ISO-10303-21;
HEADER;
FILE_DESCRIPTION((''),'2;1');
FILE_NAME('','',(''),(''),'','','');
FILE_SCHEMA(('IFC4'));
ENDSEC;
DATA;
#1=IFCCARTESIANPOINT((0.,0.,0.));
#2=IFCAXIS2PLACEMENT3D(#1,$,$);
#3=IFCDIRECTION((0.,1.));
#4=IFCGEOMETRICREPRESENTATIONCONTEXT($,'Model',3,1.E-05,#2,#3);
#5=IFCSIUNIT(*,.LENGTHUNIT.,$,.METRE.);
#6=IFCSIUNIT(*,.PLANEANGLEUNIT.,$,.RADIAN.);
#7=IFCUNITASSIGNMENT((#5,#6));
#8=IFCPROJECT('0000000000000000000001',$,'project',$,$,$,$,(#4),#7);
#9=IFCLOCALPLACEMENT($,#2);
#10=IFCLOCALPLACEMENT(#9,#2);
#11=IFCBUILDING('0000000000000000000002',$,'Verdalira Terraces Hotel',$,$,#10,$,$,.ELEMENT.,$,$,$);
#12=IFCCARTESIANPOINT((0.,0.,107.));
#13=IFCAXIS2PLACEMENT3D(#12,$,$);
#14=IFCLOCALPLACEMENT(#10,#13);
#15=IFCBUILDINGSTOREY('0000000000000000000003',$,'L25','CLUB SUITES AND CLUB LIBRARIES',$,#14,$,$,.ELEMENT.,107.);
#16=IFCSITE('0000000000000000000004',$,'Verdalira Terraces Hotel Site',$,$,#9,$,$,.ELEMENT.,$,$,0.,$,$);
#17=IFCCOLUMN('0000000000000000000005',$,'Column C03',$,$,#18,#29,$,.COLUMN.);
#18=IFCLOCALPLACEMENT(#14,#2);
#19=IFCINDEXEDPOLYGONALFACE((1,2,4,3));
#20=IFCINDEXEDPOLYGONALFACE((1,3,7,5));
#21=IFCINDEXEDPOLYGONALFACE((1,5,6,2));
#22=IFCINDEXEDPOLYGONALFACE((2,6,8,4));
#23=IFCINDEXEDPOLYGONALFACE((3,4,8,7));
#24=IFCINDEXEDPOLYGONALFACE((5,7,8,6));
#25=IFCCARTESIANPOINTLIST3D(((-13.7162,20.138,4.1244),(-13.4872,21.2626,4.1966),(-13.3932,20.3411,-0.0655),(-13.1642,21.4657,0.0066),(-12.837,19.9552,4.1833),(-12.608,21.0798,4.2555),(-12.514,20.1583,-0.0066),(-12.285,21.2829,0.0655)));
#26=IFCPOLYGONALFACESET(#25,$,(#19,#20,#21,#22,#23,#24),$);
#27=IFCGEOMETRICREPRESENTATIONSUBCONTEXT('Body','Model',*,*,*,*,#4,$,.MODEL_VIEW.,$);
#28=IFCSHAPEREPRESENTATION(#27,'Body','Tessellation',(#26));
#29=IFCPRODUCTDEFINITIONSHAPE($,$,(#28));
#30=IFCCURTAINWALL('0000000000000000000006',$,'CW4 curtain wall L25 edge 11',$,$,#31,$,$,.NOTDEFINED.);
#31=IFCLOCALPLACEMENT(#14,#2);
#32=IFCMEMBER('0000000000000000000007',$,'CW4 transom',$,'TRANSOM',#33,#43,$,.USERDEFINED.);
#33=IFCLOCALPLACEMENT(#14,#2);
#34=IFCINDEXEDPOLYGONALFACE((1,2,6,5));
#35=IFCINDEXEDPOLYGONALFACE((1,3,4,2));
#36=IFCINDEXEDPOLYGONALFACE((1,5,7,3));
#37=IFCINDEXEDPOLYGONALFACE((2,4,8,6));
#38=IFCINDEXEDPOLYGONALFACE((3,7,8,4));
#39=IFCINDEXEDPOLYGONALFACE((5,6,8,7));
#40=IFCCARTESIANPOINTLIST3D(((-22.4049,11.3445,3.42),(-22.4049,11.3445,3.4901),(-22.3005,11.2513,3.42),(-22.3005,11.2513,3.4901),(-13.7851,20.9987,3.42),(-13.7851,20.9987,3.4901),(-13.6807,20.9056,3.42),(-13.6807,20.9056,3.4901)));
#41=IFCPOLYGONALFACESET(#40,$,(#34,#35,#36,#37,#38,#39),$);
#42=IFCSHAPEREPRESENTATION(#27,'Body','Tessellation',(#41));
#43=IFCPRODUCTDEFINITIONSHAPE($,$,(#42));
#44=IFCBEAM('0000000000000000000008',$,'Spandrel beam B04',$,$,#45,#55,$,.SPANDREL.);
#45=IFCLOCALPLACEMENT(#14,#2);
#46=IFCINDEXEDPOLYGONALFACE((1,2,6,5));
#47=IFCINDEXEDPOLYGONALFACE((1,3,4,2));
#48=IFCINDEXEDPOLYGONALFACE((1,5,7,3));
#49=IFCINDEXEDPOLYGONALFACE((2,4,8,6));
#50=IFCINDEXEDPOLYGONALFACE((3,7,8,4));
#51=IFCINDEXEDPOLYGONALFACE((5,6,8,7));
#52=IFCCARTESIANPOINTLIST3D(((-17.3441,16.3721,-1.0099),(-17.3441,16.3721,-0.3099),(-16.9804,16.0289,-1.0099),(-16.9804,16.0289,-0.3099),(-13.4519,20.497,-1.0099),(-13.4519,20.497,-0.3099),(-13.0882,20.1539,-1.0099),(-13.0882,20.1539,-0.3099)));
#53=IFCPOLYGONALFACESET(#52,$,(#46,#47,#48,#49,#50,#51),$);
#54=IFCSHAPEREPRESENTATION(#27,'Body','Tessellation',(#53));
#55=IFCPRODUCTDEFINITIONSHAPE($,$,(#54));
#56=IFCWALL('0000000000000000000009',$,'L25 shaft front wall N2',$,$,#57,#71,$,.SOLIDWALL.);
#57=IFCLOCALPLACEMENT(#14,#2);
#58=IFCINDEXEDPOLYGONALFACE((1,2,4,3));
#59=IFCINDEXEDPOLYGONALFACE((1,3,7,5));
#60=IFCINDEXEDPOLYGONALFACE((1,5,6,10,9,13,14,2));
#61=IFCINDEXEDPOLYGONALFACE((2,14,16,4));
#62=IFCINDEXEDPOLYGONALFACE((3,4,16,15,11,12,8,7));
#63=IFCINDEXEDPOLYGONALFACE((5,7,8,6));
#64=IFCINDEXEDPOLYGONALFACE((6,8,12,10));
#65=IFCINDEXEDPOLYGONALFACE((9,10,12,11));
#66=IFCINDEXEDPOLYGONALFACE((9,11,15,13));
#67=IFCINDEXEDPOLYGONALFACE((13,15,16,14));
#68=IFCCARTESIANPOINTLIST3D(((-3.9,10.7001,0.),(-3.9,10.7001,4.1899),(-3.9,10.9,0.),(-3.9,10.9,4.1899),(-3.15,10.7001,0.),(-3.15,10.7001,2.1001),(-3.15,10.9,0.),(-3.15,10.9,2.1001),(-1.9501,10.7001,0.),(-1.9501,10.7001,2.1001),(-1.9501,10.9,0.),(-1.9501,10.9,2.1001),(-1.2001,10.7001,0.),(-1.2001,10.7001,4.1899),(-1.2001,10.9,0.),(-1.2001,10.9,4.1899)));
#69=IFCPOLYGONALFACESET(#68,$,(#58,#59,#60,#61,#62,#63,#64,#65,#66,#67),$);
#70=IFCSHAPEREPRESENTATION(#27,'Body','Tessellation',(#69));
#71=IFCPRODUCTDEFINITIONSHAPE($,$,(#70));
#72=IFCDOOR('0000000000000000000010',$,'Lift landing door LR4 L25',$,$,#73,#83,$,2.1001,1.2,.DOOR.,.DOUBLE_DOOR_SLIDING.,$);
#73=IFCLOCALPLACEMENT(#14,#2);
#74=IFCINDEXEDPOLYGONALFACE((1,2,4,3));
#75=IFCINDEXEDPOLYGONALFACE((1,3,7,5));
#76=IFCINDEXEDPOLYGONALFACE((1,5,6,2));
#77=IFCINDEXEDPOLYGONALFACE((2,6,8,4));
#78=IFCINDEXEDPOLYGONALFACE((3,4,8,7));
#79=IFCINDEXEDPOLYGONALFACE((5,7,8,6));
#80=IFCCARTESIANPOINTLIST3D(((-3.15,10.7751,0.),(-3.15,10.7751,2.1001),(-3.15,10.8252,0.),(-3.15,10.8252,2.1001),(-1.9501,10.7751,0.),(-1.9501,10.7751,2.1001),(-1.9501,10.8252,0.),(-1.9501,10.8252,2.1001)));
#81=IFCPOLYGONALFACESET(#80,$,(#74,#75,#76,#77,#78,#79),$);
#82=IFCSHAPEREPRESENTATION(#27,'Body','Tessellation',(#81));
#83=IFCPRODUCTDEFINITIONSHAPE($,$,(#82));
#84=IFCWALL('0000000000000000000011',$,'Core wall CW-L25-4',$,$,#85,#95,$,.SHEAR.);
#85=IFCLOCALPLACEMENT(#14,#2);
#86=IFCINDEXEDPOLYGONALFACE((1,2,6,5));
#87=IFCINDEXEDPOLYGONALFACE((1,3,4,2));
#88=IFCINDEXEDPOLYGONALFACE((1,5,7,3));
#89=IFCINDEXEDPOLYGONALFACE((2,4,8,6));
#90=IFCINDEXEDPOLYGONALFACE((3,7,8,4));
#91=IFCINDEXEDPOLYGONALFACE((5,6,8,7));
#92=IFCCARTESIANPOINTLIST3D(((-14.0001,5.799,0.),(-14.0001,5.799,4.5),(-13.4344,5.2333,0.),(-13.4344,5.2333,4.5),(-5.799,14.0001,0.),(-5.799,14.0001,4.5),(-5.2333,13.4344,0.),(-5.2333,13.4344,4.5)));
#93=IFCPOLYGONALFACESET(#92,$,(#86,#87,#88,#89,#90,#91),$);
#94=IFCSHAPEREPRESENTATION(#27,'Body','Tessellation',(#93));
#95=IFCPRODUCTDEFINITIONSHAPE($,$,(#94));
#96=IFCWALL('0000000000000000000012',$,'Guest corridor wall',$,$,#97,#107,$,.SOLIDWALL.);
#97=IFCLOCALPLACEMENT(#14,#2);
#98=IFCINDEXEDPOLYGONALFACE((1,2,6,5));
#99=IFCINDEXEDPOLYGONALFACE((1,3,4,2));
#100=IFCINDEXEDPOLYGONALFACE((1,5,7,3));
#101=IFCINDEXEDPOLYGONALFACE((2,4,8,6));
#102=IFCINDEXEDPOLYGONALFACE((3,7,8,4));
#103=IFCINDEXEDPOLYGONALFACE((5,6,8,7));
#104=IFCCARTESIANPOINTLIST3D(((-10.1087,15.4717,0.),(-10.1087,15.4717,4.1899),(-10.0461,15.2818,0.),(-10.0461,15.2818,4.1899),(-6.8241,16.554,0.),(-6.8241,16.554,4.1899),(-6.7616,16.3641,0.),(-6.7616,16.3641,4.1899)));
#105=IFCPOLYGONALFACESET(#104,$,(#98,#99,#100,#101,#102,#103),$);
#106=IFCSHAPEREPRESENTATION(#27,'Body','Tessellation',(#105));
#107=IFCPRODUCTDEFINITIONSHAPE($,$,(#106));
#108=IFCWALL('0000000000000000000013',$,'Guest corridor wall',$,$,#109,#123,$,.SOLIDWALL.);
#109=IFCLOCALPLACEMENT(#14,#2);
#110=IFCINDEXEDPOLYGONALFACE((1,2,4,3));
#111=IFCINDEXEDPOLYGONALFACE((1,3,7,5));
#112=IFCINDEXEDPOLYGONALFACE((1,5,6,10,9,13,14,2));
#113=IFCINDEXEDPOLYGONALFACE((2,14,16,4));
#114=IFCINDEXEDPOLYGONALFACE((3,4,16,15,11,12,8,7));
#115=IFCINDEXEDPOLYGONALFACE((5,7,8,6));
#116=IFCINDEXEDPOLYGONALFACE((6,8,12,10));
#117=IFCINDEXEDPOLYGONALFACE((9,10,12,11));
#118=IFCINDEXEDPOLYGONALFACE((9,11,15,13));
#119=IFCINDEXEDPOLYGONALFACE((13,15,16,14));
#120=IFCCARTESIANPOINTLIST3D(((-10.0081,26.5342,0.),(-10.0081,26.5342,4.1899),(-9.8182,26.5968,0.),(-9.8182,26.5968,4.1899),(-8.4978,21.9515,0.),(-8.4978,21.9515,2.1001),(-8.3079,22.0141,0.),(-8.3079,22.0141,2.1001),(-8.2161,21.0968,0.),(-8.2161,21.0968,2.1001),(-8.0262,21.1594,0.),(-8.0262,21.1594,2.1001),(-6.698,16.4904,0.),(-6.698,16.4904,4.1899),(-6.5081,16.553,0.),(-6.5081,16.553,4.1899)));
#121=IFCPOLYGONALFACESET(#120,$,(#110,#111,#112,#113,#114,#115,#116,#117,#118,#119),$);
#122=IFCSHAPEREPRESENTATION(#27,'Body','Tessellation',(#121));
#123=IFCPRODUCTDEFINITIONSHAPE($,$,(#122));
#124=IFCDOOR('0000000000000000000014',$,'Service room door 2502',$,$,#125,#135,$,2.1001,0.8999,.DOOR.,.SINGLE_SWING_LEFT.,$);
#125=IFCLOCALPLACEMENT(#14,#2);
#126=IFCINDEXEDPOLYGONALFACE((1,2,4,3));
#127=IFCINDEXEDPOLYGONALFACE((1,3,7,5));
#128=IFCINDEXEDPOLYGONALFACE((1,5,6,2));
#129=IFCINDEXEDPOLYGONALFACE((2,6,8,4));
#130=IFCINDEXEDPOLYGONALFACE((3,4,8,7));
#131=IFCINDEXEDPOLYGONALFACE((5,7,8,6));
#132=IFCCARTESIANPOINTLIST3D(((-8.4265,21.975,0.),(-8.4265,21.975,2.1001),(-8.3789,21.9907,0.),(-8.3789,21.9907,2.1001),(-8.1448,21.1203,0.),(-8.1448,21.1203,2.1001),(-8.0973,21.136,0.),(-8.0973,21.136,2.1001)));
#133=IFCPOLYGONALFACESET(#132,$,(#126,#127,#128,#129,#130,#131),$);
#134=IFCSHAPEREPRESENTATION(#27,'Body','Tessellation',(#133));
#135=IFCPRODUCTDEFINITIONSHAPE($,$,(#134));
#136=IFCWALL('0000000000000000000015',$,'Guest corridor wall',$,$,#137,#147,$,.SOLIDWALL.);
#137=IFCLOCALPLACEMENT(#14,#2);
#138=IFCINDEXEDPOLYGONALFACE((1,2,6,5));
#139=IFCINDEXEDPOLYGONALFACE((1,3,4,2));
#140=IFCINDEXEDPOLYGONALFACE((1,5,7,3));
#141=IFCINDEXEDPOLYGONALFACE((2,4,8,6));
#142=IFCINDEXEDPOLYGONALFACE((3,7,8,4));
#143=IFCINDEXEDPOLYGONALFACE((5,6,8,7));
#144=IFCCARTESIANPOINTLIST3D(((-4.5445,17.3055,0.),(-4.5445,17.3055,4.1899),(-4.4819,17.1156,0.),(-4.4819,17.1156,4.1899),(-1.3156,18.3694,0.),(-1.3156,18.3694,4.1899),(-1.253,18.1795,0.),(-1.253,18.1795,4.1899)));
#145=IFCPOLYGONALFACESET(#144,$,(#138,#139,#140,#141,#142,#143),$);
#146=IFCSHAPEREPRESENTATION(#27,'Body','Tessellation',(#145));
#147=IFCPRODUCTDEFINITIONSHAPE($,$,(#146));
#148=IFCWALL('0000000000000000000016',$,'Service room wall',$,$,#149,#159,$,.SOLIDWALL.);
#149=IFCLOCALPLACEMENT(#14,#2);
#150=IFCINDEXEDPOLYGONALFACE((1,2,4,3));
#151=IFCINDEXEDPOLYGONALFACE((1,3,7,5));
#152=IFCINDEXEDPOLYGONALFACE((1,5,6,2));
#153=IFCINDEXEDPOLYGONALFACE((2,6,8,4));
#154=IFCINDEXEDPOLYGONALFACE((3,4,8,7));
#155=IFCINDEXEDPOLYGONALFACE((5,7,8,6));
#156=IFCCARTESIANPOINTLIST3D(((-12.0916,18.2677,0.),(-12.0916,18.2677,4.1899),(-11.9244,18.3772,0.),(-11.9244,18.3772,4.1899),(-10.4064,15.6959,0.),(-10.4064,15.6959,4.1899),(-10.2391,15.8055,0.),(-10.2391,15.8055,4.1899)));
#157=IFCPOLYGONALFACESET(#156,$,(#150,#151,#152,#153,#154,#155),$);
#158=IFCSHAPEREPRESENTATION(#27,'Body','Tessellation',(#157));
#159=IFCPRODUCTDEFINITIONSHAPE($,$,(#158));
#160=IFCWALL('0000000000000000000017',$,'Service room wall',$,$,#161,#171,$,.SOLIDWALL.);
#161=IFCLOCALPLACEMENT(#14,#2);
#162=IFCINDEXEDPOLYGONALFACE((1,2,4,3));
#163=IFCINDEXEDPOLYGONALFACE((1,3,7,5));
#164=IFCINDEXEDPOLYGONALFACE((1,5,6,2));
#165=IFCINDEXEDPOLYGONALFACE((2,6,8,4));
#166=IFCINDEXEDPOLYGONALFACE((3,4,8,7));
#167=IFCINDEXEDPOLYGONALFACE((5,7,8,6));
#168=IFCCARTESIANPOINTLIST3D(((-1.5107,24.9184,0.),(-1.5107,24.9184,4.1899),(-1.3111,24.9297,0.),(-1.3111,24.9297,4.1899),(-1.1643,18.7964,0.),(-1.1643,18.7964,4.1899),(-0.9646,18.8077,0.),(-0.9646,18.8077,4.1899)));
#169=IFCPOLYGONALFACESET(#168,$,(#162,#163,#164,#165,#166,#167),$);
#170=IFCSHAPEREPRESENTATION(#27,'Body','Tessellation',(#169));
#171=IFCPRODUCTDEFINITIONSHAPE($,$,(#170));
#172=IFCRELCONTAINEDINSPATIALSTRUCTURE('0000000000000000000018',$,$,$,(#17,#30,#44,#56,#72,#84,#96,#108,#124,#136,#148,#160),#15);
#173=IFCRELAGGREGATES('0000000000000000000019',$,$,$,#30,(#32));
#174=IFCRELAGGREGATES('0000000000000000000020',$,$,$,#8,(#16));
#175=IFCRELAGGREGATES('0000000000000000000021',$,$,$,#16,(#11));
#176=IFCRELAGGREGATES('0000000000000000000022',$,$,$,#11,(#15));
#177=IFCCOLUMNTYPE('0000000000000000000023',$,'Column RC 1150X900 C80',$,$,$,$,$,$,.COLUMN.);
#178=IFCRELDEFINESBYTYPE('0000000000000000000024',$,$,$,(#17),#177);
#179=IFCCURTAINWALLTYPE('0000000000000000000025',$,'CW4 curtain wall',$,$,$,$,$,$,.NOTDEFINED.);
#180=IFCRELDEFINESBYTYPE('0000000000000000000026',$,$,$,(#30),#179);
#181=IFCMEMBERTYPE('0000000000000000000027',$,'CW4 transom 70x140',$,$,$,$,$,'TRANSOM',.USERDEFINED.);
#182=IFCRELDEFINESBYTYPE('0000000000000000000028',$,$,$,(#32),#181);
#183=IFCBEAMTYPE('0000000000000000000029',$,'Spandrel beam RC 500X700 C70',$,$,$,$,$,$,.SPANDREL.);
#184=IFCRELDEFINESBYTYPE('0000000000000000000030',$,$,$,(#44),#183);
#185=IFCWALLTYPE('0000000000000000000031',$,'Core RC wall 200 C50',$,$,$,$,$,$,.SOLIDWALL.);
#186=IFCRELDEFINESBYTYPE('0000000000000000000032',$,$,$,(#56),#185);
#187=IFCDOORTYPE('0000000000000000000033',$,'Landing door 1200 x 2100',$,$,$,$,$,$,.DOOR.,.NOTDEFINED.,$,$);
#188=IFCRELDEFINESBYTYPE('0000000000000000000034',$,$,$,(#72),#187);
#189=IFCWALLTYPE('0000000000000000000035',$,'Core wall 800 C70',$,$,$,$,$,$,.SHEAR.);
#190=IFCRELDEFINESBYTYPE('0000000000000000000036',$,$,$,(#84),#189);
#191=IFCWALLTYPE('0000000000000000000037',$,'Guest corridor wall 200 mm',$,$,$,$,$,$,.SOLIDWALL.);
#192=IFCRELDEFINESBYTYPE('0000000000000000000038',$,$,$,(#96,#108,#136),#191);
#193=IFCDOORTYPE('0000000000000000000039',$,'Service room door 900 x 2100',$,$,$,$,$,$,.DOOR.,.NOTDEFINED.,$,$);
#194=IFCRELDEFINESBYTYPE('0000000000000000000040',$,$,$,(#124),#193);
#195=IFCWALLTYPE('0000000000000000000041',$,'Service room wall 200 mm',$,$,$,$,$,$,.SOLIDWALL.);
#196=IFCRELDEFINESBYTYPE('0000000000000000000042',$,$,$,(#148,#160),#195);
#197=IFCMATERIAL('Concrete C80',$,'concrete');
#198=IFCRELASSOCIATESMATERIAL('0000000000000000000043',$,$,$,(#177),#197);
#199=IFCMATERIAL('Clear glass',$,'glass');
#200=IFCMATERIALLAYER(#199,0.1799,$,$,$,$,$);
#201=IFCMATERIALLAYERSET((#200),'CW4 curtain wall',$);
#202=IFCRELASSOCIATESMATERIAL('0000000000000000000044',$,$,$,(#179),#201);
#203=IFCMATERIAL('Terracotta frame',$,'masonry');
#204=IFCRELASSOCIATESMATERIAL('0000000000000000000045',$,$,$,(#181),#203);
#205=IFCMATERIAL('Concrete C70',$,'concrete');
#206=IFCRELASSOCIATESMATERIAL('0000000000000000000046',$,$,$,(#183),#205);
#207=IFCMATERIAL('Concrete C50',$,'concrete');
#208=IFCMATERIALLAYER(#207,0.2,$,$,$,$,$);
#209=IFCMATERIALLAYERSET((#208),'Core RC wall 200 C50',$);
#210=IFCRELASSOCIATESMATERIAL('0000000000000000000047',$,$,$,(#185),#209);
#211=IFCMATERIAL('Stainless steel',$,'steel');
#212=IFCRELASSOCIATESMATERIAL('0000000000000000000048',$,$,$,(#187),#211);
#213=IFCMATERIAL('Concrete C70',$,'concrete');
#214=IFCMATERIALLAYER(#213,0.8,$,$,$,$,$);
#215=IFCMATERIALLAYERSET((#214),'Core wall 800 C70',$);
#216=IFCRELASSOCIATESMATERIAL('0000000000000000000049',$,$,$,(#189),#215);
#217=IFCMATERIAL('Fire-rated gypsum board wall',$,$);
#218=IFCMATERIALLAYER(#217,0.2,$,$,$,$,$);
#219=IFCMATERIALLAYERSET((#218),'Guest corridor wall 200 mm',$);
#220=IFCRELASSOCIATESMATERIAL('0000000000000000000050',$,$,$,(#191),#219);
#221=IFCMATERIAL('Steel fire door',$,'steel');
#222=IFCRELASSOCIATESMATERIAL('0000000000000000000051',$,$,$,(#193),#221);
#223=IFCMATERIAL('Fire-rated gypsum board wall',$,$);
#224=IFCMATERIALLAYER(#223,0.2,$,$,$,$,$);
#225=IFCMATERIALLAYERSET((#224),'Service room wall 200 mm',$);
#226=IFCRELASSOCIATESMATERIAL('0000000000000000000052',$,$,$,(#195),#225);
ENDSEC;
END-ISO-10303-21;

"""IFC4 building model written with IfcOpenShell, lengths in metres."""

from ifc_helpers import new_model, si_unit, direction, frame, frame_2d, origin, origin_2d, place, context, subcontext, project, spatial, rectangle, extrude, material, layer, layer_set, material_profile, profile_set, type_object, element, fill, aggregate, save


model = new_model("IFC4")

# Units and contexts
model_context = context("Model", 3, precision=1e-05, world=origin(), true_north=direction((0.0, 1.0)))
body_context = subcontext(model_context, "Body", "Model", "MODEL_VIEW")
ifc_project = project(units=[si_unit("LENGTHUNIT", "METRE"), si_unit("PLANEANGLEUNIT", "RADIAN")], contexts=[model_context])

# Site, building, storey
site_placement = place(None, origin())
site = spatial("IfcSite", under=ifc_project, at=site_placement, Name="Verdalira Terraces Hotel Site", CompositionType="ELEMENT", RefElevation=0.0)
building_placement = place(site_placement, origin())
building = spatial("IfcBuilding", under=site, at=building_placement, Name="Verdalira Terraces Hotel", CompositionType="ELEMENT")
storey_placement = place(building_placement, frame((0.0, 0.0, 107.0)))
storey = spatial("IfcBuildingStorey", under=building, at=storey_placement, Name="L25", Description="CLUB SUITES AND CLUB LIBRARIES", CompositionType="ELEMENT", Elevation=107.0)

# Column
ifc_material_1 = material(Name="Concrete C80", Category="concrete")
ifc_material_profile_1 = material_profile(ifc_material_1, rectangle(XDim=1.1499, YDim=0.8999, at=origin_2d()), Name="RC 1150X900")
ifc_profile_set_1 = profile_set([ifc_material_profile_1], Name="Concrete C80")
column_type = type_object("IfcColumnType", Name="Column RC 1150X900 C80", PredefinedType="COLUMN", material=ifc_profile_set_1)
column_placement = place(storey_placement, frame((-12.8391, 20.812, 0.0), z_axis=(-0.076771, -0.048279, 0.995879), x_axis=(0.199146, 0.977958, 0.062763)))
element("IfcColumn", 1, at=column_placement, inside=storey, type_object=column_type, Name="Column C03", PredefinedType="COLUMN", context=body_context, shape_type="SweptSolid", body=[
    extrude(rectangle(XDim=1.1499, YDim=0.8999, at=origin_2d()), origin(), (0.0, 0.0, 1.0), 4.2073),
])

# Curtain wall, member
ifc_material_2 = material(Name="Clear glass", Category="glass")
ifc_layer_1 = layer(ifc_material_2, 0.1799)
ifc_layer_set_1 = layer_set([ifc_layer_1], Name="CW4 curtain wall")
curtain_wall_type = type_object("IfcCurtainWallType", Name="CW4 curtain wall", PredefinedType="NOTDEFINED", material=ifc_layer_set_1)
curtain_wall_placement = place(storey_placement, origin())
curtain_wall = element("IfcCurtainWall", 2, at=curtain_wall_placement, inside=storey, type_object=curtain_wall_type, Name="CW4 curtain wall L25 edge 11", PredefinedType="NOTDEFINED")
ifc_material_3 = material(Name="Terracotta frame", Category="masonry")
ifc_material_profile_2 = material_profile(ifc_material_3, rectangle(XDim=0.1399, YDim=0.0701, at=origin_2d()), Name="TR 70x140")
ifc_profile_set_2 = profile_set([ifc_material_profile_2], Name="Terracotta frame")
member_type = type_object("IfcMemberType", Name="CW4 transom 70x140", ElementType="TRANSOM", PredefinedType="USERDEFINED", material=ifc_profile_set_2)
member_placement = place(storey_placement, frame((-13.7329, 20.9521, 3.4551), z_axis=(-0.666014, -0.745939, 0.0), x_axis=(0.745939, -0.666014, 0.0)))
member = element("IfcMember", 3, at=member_placement, type_object=member_type, Name="CW4 transom", ObjectType="TRANSOM", PredefinedType="USERDEFINED", context=body_context, shape_type="SweptSolid", body=[
    extrude(rectangle(XDim=0.1399, YDim=0.0701, at=origin_2d()), origin(), (0.0, 0.0, 1.0), 12.9424),
])
aggregate(curtain_wall, [member])

# Beam
ifc_material_4 = material(Name="Concrete C70", Category="concrete")
ifc_material_profile_3 = material_profile(ifc_material_4, rectangle(XDim=0.5, YDim=0.7, at=origin_2d()), Name="RC 500X700")
ifc_profile_set_3 = profile_set([ifc_material_profile_3], Name="Concrete C70")
beam_type = type_object("IfcBeamType", Name="Spandrel beam RC 500X700 C70", PredefinedType="SPANDREL", material=ifc_profile_set_3)
beam_placement = place(storey_placement, frame((-13.27, 20.3254, -0.6599), z_axis=(-0.686297, -0.727321, 0.0), x_axis=(0.727321, -0.686297, 0.0)))
element("IfcBeam", 4, at=beam_placement, inside=storey, type_object=beam_type, Name="Spandrel beam B04", PredefinedType="SPANDREL", context=body_context, shape_type="SweptSolid", body=[
    extrude(rectangle(XDim=0.5, YDim=0.7, at=origin_2d()), origin(), (0.0, 0.0, 1.0), 5.6714),
])

# Wall, opening, door
ifc_material_5 = material(Name="Concrete C50", Category="concrete")
ifc_layer_2 = layer(ifc_material_5, 0.2)
ifc_layer_set_2 = layer_set([ifc_layer_2], Name="Core RC wall 200 C50")
wall_type_1 = type_object("IfcWallType", Name="Core RC wall 200 C50", PredefinedType="SOLIDWALL", material=ifc_layer_set_2)
wall_1_placement = place(storey_placement, frame((-1.2, 10.8, 0.0), z_axis=(0.0, 0.0, 1.0), x_axis=(-1.0, 0.0, 0.0)))
wall_1 = element("IfcWall", 5, at=wall_1_placement, inside=storey, type_object=wall_type_1, Name="L25 shaft front wall N2", PredefinedType="SOLIDWALL", context=body_context, shape_type="SweptSolid", body=[
    extrude(rectangle(XDim=2.7, YDim=0.2, at=frame_2d((1.3501, 0.0))), origin(), (0.0, 0.0, 1.0), 4.1899),
])
opening_1_placement = place(wall_1_placement, frame((0.75, 0.0, 0.0)))
opening_1 = element("IfcOpeningElement", 6, at=opening_1_placement, cuts=wall_1, PredefinedType="OPENING", context=body_context, shape_type="SweptSolid", body=[
    extrude(rectangle(XDim=1.2, YDim=2.1001, at=frame_2d((0.6001, 1.05))), frame((0.0, 0.1099, 0.0), z_axis=(0.0, -1.0, 0.0), x_axis=(1.0, 0.0, 0.0)), (0.0, 0.0, 1.0), 0.22),
])
ifc_material_6 = material(Name="Stainless steel", Category="steel")
door_type_1 = type_object("IfcDoorType", Name="Landing door 1200 x 2100", OperationType="NOTDEFINED", PredefinedType="DOOR", material=ifc_material_6)
door_1_placement = place(opening_1_placement, origin())
door_1 = element("IfcDoor", 7, at=door_1_placement, inside=storey, type_object=door_type_1, Name="Lift landing door LR4 L25", OperationType="DOUBLE_DOOR_SLIDING", OverallHeight=2.1001, OverallWidth=1.2, PredefinedType="DOOR", context=body_context, shape_type="SweptSolid", body=[
    extrude(rectangle(XDim=1.2, YDim=2.1001, at=frame_2d((0.6001, 1.05))), frame((0.0, 0.0249, 0.0), z_axis=(0.0, -1.0, 0.0), x_axis=(1.0, 0.0, 0.0)), (0.0, 0.0, 1.0), 0.05),
])
fill(opening_1, door_1)

# Walls
ifc_material_7 = material(Name="Concrete C70", Category="concrete")
ifc_layer_3 = layer(ifc_material_7, 0.8)
ifc_layer_set_3 = layer_set([ifc_layer_3], Name="Core wall 800 C70")
wall_type_2 = type_object("IfcWallType", Name="Core wall 800 C70", PredefinedType="SHEAR", material=ifc_layer_set_3)
wall_2_placement = place(storey_placement, frame((-5.5161, 13.7173, 0.0), z_axis=(0.0, 0.0, 1.0), x_axis=(-0.707107, -0.707107, 0.0)))
element("IfcWall", 8, at=wall_2_placement, inside=storey, type_object=wall_type_2, Name="Core wall CW-L25-4", PredefinedType="SHEAR", context=body_context, shape_type="SweptSolid", body=[
    extrude(rectangle(XDim=11.5981, YDim=0.8, at=frame_2d((5.7991, 0.0))), origin(), (0.0, 0.0, 1.0), 4.5),
])
ifc_material_8 = material(Name="Fire-rated gypsum board wall")
ifc_layer_4 = layer(ifc_material_8, 0.2)
ifc_layer_set_4 = layer_set([ifc_layer_4], Name="Guest corridor wall 200 mm")
wall_type_3 = type_object("IfcWallType", Name="Guest corridor wall 200 mm", PredefinedType="SOLIDWALL", material=ifc_layer_set_4)
wall_3_placement = place(storey_placement, frame((-6.793, 16.459, 0.0), z_axis=(0.0, 0.0, 1.0), x_axis=(-0.949765, -0.312964, 0.0)))
element("IfcWall", 9, at=wall_3_placement, inside=storey, type_object=wall_type_3, Name="Guest corridor wall", PredefinedType="SOLIDWALL", context=body_context, shape_type="SweptSolid", body=[
    extrude(rectangle(XDim=3.4583, YDim=0.2, at=frame_2d((1.729, 0.0))), origin(), (0.0, 0.0, 1.0), 4.1899),
])

# Wall, opening, door
wall_4_placement = place(storey_placement, frame((-6.603, 16.5217, 0.0), z_axis=(0.0, 0.0, 1.0), x_axis=(-0.313005, 0.949751, 0.0)))
wall_4 = element("IfcWall", 10, at=wall_4_placement, inside=storey, type_object=wall_type_3, Name="Guest corridor wall", PredefinedType="SOLIDWALL", context=body_context, shape_type="SweptSolid", body=[
    extrude(rectangle(XDim=10.5752, YDim=0.2, at=frame_2d((5.2876, 0.0))), origin(), (0.0, 0.0, 1.0), 4.1899),
])
opening_2_placement = place(wall_4_placement, frame((4.8501, 0.0, 0.0)))
opening_2 = element("IfcOpeningElement", 11, at=opening_2_placement, cuts=wall_4, PredefinedType="OPENING", context=body_context, shape_type="SweptSolid", body=[
    extrude(rectangle(XDim=0.8999, YDim=2.1001, at=frame_2d((0.45, 1.05))), frame((0.0, 0.1099, 0.0), z_axis=(0.0, -1.0, 0.0), x_axis=(1.0, 0.0, 0.0)), (0.0, 0.0, 1.0), 0.22),
])
ifc_material_9 = material(Name="Steel fire door", Category="steel")
door_type_2 = type_object("IfcDoorType", Name="Service room door 900 x 2100", OperationType="NOTDEFINED", PredefinedType="DOOR", material=ifc_material_9)
door_2_placement = place(opening_2_placement, origin())
door_2 = element("IfcDoor", 12, at=door_2_placement, inside=storey, type_object=door_type_2, Name="Service room door 2502", OperationType="SINGLE_SWING_LEFT", OverallHeight=2.1001, OverallWidth=0.8999, PredefinedType="DOOR", context=body_context, shape_type="SweptSolid", body=[
    extrude(rectangle(XDim=0.8999, YDim=2.1001, at=frame_2d((0.45, 1.05))), frame((0.0, 0.0249, 0.0), z_axis=(0.0, -1.0, 0.0), x_axis=(1.0, 0.0, 0.0)), (0.0, 0.0, 1.0), 0.05),
])
fill(opening_2, door_2)

# Walls
wall_5_placement = place(storey_placement, frame((-1.2844, 18.2744, 0.0), z_axis=(0.0, 0.0, 1.0), x_axis=(-0.949769, -0.312951, 0.0)))
element("IfcWall", 13, at=wall_5_placement, inside=storey, type_object=wall_type_3, Name="Guest corridor wall", PredefinedType="SOLIDWALL", context=body_context, shape_type="SweptSolid", body=[
    extrude(rectangle(XDim=3.3997, YDim=0.2, at=frame_2d((1.6997, 0.0))), origin(), (0.0, 0.0, 1.0), 4.1899),
])
ifc_material_10 = material(Name="Fire-rated gypsum board wall")
ifc_layer_5 = layer(ifc_material_10, 0.2)
ifc_layer_set_5 = layer_set([ifc_layer_5], Name="Service room wall 200 mm")
wall_type_4 = type_object("IfcWallType", Name="Service room wall 200 mm", PredefinedType="SOLIDWALL", material=ifc_layer_set_5)
wall_6_placement = place(storey_placement, frame((-10.3228, 15.7507, 0.0), z_axis=(0.0, 0.0, 1.0), x_axis=(-0.548105, 0.83641, 0.0)))
element("IfcWall", 14, at=wall_6_placement, inside=storey, type_object=wall_type_4, Name="Service room wall", PredefinedType="SOLIDWALL", context=body_context, shape_type="SweptSolid", body=[
    extrude(rectangle(XDim=3.0747, YDim=0.2, at=frame_2d((1.5374, 0.0))), origin(), (0.0, 0.0, 1.0), 4.1899),
])
wall_7_placement = place(storey_placement, frame((-1.0645, 18.802, 0.0), z_axis=(0.0, 0.0, 1.0), x_axis=(-0.056498, 0.998403, 0.0)))
element("IfcWall", 15, at=wall_7_placement, inside=storey, type_object=wall_type_4, Name="Service room wall", PredefinedType="SOLIDWALL", context=body_context, shape_type="SweptSolid", body=[
    extrude(rectangle(XDim=6.1318, YDim=0.2, at=frame_2d((3.0659, 0.0))), origin(), (0.0, 0.0, 1.0), 4.1899),
])

save(model, "model.ifc")
